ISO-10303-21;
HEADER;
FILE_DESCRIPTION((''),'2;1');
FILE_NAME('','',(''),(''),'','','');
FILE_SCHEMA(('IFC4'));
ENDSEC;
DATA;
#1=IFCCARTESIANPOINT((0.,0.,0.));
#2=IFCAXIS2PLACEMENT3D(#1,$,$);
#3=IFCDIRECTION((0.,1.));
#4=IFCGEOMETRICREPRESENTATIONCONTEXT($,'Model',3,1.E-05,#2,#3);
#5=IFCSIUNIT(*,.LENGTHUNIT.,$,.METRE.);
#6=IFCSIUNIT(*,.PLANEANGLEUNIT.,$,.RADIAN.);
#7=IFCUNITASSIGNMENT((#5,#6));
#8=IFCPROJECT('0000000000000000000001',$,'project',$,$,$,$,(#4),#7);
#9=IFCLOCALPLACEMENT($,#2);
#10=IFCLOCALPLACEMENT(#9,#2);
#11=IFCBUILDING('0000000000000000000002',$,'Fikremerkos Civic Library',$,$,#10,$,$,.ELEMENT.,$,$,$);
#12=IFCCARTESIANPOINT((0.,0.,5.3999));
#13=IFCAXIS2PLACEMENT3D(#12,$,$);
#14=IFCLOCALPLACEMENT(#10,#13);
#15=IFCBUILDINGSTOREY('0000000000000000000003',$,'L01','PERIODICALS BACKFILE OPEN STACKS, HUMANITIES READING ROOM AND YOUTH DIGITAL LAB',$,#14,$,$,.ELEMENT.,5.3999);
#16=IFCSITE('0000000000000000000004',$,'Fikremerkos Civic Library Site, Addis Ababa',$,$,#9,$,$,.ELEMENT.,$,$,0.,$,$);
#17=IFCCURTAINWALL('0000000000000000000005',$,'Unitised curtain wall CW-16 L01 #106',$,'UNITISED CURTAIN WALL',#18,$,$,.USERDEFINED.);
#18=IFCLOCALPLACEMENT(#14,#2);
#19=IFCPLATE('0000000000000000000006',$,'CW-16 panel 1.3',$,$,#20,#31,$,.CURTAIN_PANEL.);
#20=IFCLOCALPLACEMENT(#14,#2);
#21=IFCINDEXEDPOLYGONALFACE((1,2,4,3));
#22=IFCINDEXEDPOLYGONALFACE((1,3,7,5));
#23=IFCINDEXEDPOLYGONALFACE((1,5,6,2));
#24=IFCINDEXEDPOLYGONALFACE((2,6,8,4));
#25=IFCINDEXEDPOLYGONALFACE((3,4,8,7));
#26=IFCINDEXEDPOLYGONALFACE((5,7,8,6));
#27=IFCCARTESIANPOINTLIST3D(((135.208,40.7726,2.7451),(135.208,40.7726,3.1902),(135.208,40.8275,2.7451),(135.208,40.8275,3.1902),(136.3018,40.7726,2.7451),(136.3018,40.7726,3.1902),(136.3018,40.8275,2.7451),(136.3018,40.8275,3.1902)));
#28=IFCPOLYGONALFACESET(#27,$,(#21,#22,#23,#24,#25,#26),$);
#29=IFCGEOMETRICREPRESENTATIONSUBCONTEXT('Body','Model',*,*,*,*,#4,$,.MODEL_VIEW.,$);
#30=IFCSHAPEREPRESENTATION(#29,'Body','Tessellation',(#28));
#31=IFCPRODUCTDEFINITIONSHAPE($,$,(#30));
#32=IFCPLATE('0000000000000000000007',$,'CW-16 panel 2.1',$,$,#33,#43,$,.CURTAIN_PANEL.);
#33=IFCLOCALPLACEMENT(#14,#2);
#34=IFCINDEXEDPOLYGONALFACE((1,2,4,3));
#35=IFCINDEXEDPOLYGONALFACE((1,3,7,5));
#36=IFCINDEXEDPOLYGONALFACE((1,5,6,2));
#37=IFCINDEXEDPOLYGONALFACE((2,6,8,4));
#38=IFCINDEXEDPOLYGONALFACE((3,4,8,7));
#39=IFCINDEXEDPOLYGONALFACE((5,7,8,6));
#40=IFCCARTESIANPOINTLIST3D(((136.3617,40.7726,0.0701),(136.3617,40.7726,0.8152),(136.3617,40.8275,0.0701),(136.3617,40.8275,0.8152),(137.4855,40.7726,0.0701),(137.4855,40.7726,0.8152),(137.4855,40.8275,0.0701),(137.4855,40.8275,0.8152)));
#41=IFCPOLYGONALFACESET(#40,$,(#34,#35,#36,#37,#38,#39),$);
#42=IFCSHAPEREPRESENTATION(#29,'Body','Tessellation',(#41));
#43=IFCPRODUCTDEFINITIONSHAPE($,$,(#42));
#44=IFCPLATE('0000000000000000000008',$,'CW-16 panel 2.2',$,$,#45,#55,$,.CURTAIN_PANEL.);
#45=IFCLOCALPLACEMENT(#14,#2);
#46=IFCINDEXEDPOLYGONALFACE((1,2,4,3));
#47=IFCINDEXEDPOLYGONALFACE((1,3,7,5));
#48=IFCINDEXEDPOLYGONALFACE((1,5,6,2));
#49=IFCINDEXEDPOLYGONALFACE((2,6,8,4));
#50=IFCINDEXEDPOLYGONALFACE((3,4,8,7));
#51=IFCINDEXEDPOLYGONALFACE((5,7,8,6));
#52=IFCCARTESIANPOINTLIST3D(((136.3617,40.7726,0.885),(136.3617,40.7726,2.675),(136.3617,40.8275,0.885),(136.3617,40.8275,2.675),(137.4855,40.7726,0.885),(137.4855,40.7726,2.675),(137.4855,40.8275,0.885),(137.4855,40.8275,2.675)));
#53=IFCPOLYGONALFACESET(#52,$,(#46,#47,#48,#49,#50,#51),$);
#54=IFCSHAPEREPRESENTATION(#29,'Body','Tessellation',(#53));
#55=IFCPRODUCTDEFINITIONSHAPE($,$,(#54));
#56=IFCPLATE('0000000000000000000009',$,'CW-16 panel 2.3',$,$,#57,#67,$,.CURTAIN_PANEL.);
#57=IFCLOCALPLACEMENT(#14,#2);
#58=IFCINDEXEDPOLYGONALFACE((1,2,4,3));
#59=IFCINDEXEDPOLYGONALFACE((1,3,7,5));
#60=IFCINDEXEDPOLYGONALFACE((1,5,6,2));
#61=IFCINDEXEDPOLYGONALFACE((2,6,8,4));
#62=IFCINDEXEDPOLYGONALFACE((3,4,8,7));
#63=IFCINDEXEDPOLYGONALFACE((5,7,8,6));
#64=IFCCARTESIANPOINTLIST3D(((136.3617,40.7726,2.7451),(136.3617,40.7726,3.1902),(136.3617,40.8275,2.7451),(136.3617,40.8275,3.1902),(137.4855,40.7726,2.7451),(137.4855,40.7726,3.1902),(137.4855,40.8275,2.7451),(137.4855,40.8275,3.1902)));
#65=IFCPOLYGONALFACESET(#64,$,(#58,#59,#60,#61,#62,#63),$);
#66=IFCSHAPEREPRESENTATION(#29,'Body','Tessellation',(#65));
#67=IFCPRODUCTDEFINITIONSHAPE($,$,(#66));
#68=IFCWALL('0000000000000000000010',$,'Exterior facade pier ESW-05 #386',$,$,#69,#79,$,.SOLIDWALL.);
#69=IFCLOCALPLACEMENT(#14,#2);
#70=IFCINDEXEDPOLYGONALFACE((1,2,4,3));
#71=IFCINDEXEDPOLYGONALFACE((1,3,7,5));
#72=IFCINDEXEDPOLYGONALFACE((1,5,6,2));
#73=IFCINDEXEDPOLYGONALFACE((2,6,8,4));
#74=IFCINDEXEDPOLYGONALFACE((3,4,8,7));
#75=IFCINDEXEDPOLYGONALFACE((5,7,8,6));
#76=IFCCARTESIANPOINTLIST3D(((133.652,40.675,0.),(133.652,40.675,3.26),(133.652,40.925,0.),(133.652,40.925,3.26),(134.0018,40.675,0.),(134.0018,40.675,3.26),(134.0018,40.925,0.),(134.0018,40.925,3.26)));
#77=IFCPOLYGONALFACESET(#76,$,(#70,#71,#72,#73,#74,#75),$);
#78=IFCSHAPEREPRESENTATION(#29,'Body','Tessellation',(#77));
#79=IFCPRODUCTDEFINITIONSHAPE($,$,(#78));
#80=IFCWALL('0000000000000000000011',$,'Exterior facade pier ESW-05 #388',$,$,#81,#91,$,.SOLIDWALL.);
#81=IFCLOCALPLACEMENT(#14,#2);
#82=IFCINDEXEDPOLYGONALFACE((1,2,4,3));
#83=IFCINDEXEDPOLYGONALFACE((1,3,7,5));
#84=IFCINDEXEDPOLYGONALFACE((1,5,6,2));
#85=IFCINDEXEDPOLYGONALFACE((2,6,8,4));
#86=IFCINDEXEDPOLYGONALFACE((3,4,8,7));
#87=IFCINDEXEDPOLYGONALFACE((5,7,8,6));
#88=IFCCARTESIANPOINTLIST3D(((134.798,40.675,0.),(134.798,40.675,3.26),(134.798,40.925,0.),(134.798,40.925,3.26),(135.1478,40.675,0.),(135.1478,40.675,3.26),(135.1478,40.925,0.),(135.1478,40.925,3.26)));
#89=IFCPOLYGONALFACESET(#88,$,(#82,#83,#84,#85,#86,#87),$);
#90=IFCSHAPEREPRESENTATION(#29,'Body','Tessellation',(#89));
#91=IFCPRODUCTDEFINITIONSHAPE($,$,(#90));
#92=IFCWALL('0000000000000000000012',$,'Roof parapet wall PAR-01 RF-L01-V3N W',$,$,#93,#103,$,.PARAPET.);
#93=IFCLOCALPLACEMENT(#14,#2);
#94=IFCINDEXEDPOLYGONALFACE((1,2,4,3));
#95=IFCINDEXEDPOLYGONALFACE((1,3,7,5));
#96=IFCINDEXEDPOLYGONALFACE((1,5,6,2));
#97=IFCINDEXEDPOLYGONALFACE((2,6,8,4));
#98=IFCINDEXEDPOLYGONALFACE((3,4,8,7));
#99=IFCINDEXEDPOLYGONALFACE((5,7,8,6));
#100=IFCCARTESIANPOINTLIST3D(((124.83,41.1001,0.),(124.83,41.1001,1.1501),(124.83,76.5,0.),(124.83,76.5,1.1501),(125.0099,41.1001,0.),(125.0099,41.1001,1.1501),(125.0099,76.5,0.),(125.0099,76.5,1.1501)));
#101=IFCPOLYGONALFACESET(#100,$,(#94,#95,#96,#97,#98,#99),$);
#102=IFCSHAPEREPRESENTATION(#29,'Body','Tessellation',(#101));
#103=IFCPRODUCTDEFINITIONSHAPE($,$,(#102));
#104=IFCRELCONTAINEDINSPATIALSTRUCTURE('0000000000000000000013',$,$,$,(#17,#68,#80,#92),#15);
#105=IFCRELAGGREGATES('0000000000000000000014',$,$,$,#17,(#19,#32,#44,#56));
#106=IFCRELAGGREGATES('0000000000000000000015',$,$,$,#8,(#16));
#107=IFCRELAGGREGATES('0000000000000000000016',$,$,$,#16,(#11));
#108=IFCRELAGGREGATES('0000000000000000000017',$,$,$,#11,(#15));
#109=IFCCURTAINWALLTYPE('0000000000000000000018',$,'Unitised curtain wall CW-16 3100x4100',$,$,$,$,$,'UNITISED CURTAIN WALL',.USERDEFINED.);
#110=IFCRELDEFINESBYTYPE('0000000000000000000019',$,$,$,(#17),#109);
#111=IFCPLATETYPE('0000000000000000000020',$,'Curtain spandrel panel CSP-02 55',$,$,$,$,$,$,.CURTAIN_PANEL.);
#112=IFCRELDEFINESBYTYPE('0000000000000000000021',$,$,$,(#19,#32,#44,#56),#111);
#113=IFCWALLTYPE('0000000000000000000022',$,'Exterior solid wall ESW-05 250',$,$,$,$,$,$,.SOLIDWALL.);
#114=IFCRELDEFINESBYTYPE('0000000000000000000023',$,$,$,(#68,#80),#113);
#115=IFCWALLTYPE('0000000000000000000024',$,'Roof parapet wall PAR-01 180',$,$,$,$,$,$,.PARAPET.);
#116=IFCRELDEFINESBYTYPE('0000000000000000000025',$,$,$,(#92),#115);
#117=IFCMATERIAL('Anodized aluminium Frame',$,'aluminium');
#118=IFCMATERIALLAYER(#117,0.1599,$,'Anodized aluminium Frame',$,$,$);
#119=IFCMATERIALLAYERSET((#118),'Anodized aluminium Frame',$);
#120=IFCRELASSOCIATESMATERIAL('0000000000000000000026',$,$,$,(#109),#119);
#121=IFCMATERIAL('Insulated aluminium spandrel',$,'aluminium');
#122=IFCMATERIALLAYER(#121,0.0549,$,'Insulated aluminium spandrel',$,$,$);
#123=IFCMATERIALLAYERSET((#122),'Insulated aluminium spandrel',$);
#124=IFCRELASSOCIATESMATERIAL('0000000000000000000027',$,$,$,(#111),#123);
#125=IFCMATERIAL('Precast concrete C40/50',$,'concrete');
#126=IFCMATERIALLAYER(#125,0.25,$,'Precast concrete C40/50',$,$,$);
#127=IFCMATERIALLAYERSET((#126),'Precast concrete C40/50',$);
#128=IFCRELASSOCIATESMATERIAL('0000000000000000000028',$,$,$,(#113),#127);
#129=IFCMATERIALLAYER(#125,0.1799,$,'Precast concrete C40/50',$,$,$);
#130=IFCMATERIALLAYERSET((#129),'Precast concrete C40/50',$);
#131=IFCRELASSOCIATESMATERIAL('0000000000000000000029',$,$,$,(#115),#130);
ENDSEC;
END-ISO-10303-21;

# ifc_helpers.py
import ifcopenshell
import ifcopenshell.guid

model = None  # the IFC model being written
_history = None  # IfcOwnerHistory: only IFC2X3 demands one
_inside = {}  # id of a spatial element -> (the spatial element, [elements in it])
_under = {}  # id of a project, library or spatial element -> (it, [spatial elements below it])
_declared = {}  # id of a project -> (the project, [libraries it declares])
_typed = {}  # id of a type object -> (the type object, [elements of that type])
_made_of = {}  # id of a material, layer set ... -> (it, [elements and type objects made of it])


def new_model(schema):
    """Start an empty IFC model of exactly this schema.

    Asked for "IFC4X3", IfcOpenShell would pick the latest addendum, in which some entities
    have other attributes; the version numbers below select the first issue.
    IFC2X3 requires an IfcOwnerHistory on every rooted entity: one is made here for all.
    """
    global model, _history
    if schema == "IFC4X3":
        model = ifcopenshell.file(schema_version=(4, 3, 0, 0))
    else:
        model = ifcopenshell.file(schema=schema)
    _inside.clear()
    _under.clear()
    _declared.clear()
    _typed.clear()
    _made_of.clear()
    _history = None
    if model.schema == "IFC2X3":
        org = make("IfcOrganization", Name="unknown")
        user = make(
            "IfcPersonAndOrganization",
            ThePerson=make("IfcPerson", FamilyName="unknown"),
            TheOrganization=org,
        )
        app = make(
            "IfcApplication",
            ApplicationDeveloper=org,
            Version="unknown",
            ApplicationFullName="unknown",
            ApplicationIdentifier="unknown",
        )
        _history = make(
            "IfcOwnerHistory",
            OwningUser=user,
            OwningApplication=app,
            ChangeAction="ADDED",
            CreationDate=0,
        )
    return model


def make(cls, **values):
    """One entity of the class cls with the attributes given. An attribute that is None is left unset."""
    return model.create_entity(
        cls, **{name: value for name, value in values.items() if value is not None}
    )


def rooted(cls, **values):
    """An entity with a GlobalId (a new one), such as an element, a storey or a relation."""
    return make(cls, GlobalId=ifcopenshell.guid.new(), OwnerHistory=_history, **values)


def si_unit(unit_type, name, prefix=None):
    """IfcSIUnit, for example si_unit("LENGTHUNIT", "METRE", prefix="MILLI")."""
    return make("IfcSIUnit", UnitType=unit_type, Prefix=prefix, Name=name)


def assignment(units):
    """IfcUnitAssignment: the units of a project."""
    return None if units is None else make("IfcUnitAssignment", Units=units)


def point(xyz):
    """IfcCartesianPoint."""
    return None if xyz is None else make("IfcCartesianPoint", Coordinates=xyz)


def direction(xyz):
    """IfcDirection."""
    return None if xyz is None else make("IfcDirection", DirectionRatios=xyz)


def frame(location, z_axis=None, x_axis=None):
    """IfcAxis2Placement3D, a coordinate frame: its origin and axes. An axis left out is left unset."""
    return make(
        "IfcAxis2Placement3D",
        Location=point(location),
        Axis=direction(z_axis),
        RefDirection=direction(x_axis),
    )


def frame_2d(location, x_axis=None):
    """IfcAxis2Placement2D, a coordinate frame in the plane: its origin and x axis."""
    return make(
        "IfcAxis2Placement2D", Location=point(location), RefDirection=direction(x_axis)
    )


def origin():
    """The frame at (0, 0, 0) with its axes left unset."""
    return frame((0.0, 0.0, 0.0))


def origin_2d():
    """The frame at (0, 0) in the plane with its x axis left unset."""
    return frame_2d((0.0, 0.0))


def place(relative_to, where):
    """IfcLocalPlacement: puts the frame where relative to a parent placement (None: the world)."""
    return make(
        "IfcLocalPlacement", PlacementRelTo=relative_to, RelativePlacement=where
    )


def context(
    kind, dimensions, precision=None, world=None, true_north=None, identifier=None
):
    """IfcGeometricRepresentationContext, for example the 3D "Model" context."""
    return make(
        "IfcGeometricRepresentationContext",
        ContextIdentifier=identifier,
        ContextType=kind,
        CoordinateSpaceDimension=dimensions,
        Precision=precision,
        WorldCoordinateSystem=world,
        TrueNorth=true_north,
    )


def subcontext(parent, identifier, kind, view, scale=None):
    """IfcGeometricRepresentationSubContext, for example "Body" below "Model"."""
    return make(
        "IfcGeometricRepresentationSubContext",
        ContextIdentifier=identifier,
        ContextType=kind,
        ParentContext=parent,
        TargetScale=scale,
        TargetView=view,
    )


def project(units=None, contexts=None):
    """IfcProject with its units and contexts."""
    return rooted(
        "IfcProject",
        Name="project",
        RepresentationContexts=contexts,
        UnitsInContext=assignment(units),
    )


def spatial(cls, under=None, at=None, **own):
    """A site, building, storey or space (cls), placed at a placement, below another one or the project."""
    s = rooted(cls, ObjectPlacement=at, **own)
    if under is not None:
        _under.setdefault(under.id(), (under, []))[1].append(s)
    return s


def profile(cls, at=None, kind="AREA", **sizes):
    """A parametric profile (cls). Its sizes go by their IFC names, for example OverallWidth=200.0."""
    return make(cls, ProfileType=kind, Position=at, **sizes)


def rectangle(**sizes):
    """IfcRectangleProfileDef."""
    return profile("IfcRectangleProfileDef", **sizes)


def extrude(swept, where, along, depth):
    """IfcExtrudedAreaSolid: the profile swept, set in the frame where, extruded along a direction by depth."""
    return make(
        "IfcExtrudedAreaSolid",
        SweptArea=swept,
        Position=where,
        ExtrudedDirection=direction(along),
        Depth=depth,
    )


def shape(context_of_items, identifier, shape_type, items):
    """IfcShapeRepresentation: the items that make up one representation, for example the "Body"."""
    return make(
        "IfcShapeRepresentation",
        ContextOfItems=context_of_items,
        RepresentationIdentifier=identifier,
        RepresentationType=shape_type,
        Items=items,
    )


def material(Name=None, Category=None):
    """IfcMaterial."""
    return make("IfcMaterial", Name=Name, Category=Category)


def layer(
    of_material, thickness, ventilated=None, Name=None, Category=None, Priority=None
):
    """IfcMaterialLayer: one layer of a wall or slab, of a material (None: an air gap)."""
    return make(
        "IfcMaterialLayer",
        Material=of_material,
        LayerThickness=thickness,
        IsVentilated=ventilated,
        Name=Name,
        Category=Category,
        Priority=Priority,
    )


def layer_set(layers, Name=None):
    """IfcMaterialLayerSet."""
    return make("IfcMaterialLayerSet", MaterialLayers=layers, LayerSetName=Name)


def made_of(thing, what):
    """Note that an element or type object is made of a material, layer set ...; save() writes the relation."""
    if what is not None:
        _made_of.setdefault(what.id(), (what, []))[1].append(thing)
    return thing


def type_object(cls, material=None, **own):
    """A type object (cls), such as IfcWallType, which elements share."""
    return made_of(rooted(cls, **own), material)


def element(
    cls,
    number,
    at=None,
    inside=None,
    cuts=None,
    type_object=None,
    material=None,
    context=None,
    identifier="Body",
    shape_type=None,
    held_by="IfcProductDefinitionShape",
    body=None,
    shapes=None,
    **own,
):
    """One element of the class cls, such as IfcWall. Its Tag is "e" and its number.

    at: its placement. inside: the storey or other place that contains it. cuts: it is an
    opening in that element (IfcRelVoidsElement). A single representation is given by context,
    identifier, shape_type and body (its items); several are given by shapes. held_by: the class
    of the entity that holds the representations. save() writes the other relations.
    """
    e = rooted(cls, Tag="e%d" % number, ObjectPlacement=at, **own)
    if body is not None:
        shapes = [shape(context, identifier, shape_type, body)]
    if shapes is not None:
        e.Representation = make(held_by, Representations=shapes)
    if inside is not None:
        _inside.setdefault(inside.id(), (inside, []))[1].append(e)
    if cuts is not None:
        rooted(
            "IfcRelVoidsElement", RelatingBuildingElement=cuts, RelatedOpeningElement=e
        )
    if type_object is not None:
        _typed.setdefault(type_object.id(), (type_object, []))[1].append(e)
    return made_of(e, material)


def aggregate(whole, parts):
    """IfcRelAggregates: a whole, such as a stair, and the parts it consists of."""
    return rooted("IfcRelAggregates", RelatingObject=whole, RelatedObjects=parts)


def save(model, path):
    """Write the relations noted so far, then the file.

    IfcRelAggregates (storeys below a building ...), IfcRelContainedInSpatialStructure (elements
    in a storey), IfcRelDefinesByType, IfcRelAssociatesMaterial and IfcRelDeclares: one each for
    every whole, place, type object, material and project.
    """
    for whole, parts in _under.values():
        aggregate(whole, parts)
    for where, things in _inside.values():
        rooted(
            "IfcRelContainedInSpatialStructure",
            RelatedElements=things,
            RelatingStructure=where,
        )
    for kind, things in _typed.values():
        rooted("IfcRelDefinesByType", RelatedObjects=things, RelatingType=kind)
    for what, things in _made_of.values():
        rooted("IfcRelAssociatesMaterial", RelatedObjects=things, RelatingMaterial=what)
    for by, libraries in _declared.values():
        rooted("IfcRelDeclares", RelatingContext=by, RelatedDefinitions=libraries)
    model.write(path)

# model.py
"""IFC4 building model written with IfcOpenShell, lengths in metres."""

from ifc_helpers import new_model, si_unit, direction, frame, frame_2d, origin, origin_2d, place, context, subcontext, project, spatial, rectangle, extrude, material, layer, layer_set, type_object, element, aggregate, save


model = new_model("IFC4")

# Units and contexts
model_context = context("Model", 3, precision=1e-05, world=origin(), true_north=direction((0.0, 1.0)))
body_context = subcontext(model_context, "Body", "Model", "MODEL_VIEW")
ifc_project = project(units=[si_unit("LENGTHUNIT", "METRE"), si_unit("PLANEANGLEUNIT", "RADIAN")], contexts=[model_context])

# Site, building, storey
site_placement = place(None, origin())
site = spatial("IfcSite", under=ifc_project, at=site_placement, Name="Fikremerkos Civic Library Site, Addis Ababa", CompositionType="ELEMENT", RefElevation=0.0)
building_placement = place(site_placement, origin())
building = spatial("IfcBuilding", under=site, at=building_placement, Name="Fikremerkos Civic Library", CompositionType="ELEMENT")
storey_placement = place(building_placement, frame((0.0, 0.0, 5.3999)))
storey = spatial("IfcBuildingStorey", under=building, at=storey_placement, Name="L01", Description="PERIODICALS BACKFILE OPEN STACKS, HUMANITIES READING ROOM AND YOUTH DIGITAL LAB", CompositionType="ELEMENT", Elevation=5.3999)

# Curtain wall
ifc_material_1 = material(Name="Anodized aluminium Frame", Category="aluminium")
ifc_layer_1 = layer(ifc_material_1, 0.1599, Name="Anodized aluminium Frame")
ifc_layer_set_1 = layer_set([ifc_layer_1], Name="Anodized aluminium Frame")
curtain_wall_type_1 = type_object("IfcCurtainWallType", Name="Unitised curtain wall CW-16 3100x4100", ElementType="UNITISED CURTAIN WALL", PredefinedType="USERDEFINED", material=ifc_layer_set_1)
curtain_wall_1_placement = place(storey_placement, origin())
curtain_wall_1 = element("IfcCurtainWall", 1, at=curtain_wall_1_placement, inside=storey, type_object=curtain_wall_type_1, Name="Unitised curtain wall CW-16 L01 #106", ObjectType="UNITISED CURTAIN WALL", PredefinedType="USERDEFINED")

# Plates
ifc_material_2 = material(Name="Insulated aluminium spandrel", Category="aluminium")
ifc_layer_2 = layer(ifc_material_2, 0.0549, Name="Insulated aluminium spandrel")
ifc_layer_set_2 = layer_set([ifc_layer_2], Name="Insulated aluminium spandrel")
plate_type_1 = type_object("IfcPlateType", Name="Curtain spandrel panel CSP-02 55", PredefinedType="CURTAIN_PANEL", material=ifc_layer_set_2)
plate_1_placement = place(storey_placement, frame((135.7549, 40.8, 2.7451), z_axis=(0.0, 0.0, 1.0), x_axis=(1.0, 0.0, 0.0)))
plate_1 = element("IfcPlate", 2, at=plate_1_placement, type_object=plate_type_1, Name="CW-16 panel 1.3", PredefinedType="CURTAIN_PANEL", context=body_context, shape_type="SweptSolid", body=[
    extrude(rectangle(XDim=1.0938, YDim=0.0549, at=origin_2d()), origin(), (0.0, 0.0, 1.0), 0.4451),
])
plate_2_placement = place(storey_placement, frame((136.9236, 40.8, 0.0701), z_axis=(0.0, 0.0, 1.0), x_axis=(1.0, 0.0, 0.0)))
plate_2 = element("IfcPlate", 3, at=plate_2_placement, type_object=plate_type_1, Name="CW-16 panel 2.1", PredefinedType="CURTAIN_PANEL", context=body_context, shape_type="SweptSolid", body=[
    extrude(rectangle(XDim=1.1238, YDim=0.0549, at=origin_2d()), origin(), (0.0, 0.0, 1.0), 0.7451),
])
plate_3_placement = place(storey_placement, frame((136.9236, 40.8, 0.885), z_axis=(0.0, 0.0, 1.0), x_axis=(1.0, 0.0, 0.0)))
plate_3 = element("IfcPlate", 4, at=plate_3_placement, type_object=plate_type_1, Name="CW-16 panel 2.2", PredefinedType="CURTAIN_PANEL", context=body_context, shape_type="SweptSolid", body=[
    extrude(rectangle(XDim=1.1238, YDim=0.0549, at=origin_2d()), origin(), (0.0, 0.0, 1.0), 1.79),
])
plate_4_placement = place(storey_placement, frame((136.9236, 40.8, 2.7451), z_axis=(0.0, 0.0, 1.0), x_axis=(1.0, 0.0, 0.0)))
plate_4 = element("IfcPlate", 5, at=plate_4_placement, type_object=plate_type_1, Name="CW-16 panel 2.3", PredefinedType="CURTAIN_PANEL", context=body_context, shape_type="SweptSolid", body=[
    extrude(rectangle(XDim=1.1238, YDim=0.0549, at=origin_2d()), origin(), (0.0, 0.0, 1.0), 0.4451),
])
aggregate(curtain_wall_1, [plate_1, plate_2, plate_3, plate_4])

# Walls
ifc_material_3 = material(Name="Precast concrete C40/50", Category="concrete")
ifc_layer_3 = layer(ifc_material_3, 0.25, Name="Precast concrete C40/50")
ifc_layer_set_3 = layer_set([ifc_layer_3], Name="Precast concrete C40/50")
wall_type_1 = type_object("IfcWallType", Name="Exterior solid wall ESW-05 250", PredefinedType="SOLIDWALL", material=ifc_layer_set_3)
for number, where, z_axis, x_axis, name in (
    (6, (133.6521, 40.8, 0.0), (0.0, 0.0, 1.0), (1.0, 0.0, 0.0), "Exterior facade pier ESW-05 #386"),
    (7, (134.7981, 40.8, 0.0), (0.0, 0.0, 1.0), (1.0, 0.0, 0.0), "Exterior facade pier ESW-05 #388"),
):
    element("IfcWall", number, at=place(storey_placement, frame(where, z_axis=z_axis, x_axis=x_axis)), inside=storey, type_object=wall_type_1, Name=name, PredefinedType="SOLIDWALL", context=body_context, shape_type="SweptSolid", body=[
        extrude(rectangle(XDim=0.3499, YDim=0.25, at=frame_2d((0.1748, 0.0))), origin(), (0.0, 0.0, 1.0), 3.26),
    ])
ifc_layer_4 = layer(ifc_material_3, 0.1799, Name="Precast concrete C40/50")
ifc_layer_set_4 = layer_set([ifc_layer_4], Name="Precast concrete C40/50")
wall_type_2 = type_object("IfcWallType", Name="Roof parapet wall PAR-01 180", PredefinedType="PARAPET", material=ifc_layer_set_4)
wall_placement = place(storey_placement, frame((124.9199, 41.1001, 0.0), z_axis=(0.0, 0.0, 1.0), x_axis=(0.0, 1.0, 0.0)))
element("IfcWall", 8, at=wall_placement, inside=storey, type_object=wall_type_2, Name="Roof parapet wall PAR-01 RF-L01-V3N W", PredefinedType="PARAPET", context=body_context, shape_type="SweptSolid", body=[
    extrude(rectangle(XDim=35.3999, YDim=0.1799, at=frame_2d((17.7, 0.0))), origin(), (0.0, 0.0, 1.0), 1.1501),
])

save(model, "model.ifc")
